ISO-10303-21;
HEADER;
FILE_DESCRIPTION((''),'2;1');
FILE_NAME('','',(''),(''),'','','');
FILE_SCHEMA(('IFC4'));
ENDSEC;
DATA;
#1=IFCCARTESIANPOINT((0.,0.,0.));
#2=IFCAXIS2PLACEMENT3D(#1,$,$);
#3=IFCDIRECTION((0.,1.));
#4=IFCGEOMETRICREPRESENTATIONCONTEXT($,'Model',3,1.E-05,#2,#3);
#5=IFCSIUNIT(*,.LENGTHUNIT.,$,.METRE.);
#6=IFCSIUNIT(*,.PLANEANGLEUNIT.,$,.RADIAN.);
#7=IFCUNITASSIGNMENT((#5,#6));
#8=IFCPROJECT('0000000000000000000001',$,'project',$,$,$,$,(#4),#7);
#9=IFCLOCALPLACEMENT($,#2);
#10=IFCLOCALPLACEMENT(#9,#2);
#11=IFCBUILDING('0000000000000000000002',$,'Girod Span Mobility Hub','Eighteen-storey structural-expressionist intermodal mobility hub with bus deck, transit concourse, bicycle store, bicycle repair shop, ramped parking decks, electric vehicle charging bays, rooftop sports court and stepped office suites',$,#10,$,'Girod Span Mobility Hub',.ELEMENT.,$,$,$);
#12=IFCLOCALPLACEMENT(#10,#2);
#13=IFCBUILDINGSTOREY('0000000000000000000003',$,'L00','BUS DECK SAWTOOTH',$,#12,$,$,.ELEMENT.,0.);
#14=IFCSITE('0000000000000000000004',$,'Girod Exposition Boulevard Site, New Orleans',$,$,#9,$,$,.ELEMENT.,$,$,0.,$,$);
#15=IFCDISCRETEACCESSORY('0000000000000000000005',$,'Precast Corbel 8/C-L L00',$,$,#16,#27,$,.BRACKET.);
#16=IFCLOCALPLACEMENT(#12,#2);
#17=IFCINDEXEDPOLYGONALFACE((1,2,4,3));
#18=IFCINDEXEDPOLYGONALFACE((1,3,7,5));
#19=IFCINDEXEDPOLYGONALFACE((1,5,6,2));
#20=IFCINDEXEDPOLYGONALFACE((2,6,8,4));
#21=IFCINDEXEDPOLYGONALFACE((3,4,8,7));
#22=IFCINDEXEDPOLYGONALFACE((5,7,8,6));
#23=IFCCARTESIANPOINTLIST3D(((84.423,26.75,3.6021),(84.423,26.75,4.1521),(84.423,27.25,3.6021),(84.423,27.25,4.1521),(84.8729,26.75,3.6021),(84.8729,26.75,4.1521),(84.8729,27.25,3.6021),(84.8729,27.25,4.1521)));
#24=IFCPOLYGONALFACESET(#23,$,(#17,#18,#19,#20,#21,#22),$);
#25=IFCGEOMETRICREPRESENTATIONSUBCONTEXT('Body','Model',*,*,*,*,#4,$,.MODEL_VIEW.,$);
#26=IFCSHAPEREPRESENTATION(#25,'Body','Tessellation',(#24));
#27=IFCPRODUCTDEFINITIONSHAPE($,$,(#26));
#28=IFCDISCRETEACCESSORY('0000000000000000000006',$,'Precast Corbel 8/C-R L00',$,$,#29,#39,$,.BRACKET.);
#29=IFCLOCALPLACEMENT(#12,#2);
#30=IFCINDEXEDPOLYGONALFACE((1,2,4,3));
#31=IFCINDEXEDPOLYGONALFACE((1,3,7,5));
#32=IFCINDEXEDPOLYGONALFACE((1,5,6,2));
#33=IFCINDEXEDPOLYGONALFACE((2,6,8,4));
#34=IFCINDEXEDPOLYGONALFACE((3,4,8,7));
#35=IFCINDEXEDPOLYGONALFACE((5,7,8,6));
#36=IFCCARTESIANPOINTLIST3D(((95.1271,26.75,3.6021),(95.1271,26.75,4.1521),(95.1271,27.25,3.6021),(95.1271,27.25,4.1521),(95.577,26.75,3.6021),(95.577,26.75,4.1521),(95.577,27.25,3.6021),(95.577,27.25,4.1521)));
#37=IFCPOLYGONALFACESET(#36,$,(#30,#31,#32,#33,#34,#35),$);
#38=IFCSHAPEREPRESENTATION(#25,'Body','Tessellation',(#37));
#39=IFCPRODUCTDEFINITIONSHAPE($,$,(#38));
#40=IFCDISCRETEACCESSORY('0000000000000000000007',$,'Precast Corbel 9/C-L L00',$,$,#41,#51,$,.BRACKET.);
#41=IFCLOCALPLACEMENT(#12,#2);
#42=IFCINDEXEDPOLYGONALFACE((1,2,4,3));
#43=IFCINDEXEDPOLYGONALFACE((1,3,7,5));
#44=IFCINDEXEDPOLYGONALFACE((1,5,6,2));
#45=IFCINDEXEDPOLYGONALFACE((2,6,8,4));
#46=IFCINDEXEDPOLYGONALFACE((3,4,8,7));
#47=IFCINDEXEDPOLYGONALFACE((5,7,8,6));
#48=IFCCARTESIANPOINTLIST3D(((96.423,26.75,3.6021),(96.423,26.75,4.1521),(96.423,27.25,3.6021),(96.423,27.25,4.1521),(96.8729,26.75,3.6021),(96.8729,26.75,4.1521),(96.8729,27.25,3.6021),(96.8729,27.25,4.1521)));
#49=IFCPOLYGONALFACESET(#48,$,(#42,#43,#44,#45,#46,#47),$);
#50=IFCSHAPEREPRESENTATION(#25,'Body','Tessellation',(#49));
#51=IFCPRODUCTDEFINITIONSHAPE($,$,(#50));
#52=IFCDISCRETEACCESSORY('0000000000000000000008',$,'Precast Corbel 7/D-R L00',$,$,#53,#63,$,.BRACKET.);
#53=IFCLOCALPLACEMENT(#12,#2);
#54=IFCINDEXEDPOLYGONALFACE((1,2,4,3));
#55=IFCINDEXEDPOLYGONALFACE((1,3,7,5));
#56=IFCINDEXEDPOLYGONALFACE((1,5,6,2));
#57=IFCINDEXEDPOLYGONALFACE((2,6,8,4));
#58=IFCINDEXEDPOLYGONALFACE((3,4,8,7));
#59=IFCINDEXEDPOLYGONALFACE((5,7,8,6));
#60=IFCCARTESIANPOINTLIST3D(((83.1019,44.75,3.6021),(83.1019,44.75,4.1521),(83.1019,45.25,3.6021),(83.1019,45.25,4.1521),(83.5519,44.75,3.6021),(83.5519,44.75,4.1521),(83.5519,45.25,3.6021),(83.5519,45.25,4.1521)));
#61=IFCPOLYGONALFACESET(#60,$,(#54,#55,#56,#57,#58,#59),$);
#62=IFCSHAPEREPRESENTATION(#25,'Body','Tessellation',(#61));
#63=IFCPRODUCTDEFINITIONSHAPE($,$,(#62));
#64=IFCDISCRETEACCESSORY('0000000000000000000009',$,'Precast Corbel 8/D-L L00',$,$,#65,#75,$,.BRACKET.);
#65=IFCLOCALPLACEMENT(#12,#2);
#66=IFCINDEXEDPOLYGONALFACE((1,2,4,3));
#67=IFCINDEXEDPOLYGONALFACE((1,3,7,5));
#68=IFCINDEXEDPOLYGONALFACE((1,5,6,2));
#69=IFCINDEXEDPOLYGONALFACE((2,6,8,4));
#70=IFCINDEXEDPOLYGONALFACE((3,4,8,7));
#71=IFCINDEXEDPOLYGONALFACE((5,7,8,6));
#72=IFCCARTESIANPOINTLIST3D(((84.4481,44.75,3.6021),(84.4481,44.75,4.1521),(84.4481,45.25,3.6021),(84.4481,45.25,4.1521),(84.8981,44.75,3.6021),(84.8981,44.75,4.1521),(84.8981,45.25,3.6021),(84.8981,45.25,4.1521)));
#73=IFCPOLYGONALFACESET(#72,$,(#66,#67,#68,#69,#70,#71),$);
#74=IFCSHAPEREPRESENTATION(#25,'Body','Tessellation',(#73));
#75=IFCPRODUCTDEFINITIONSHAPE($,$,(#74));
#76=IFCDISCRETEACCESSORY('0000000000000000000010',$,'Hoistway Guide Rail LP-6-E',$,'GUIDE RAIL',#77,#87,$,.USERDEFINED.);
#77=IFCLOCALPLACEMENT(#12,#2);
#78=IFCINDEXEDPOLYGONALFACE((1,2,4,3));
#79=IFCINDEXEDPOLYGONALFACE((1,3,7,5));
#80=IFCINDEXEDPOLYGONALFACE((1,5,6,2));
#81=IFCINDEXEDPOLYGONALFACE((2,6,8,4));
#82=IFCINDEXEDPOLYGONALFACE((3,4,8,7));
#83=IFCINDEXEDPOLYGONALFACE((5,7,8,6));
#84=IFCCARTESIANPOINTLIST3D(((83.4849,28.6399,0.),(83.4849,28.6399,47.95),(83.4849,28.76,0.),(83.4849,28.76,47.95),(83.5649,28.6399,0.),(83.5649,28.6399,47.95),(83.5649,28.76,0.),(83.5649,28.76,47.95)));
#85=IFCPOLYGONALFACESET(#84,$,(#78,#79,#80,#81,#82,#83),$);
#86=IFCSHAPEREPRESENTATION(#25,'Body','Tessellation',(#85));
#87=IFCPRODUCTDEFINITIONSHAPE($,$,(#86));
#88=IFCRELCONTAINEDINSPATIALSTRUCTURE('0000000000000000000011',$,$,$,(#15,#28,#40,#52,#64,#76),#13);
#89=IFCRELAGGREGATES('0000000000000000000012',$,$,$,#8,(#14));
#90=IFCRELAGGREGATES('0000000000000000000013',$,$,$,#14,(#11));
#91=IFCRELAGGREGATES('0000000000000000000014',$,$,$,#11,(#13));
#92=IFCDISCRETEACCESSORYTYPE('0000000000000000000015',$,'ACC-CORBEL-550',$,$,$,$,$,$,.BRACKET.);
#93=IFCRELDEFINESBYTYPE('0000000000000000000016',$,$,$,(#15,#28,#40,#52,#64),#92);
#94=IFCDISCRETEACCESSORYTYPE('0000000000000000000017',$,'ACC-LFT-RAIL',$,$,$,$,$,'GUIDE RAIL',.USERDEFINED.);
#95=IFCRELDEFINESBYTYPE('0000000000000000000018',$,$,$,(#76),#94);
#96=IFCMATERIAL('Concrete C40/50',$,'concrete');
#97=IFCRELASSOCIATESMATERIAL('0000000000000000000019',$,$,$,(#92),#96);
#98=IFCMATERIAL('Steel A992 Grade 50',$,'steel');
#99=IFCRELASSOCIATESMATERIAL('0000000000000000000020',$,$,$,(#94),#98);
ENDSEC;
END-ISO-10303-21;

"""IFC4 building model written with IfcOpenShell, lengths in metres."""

from ifc_helpers import new_model, si_unit, direction, frame, origin, origin_2d, place, context, subcontext, project, spatial, rectangle, extrude, material, type_object, element, save


model = new_model("IFC4")

# Units and contexts
model_context = context("Model", 3, precision=1e-05, world=origin(), true_north=direction((0.0, 1.0)))
body_context = subcontext(model_context, "Body", "Model", "MODEL_VIEW")
ifc_project = project(units=[si_unit("LENGTHUNIT", "METRE"), si_unit("PLANEANGLEUNIT", "RADIAN")], contexts=[model_context])

# Site, building, storey
site_placement = place(None, origin())
site = spatial("IfcSite", under=ifc_project, at=site_placement, Name="Girod Exposition Boulevard Site, New Orleans", CompositionType="ELEMENT", RefElevation=0.0)
building_placement = place(site_placement, origin())
building = spatial("IfcBuilding", under=site, at=building_placement, Name="Girod Span Mobility Hub", Description="Eighteen-storey structural-expressionist intermodal mobility hub with bus deck, transit concourse, bicycle store, bicycle repair shop, ramped parking decks, electric vehicle charging bays, rooftop sports court and stepped office suites", LongName="Girod Span Mobility Hub", CompositionType="ELEMENT")
storey_placement = place(building_placement, origin())
storey = spatial("IfcBuildingStorey", under=building, at=storey_placement, Name="L00", Description="BUS DECK SAWTOOTH", CompositionType="ELEMENT", Elevation=0.0)

# Discrete accessories
ifc_material_1 = material(Name="Concrete C40/50", Category="concrete")
discrete_accessory_type_1 = type_object("IfcDiscreteAccessoryType", Name="ACC-CORBEL-550", PredefinedType="BRACKET", material=ifc_material_1)
for number, where, z_axis, x_axis, name in (
    (1, (84.6479, 27.0, 3.6021), (0.0, 0.0, 1.0), (1.0, 0.0, 0.0), "Precast Corbel 8/C-L L00"),
    (2, (95.3521, 27.0, 3.6021), (0.0, 0.0, 1.0), (1.0, 0.0, 0.0), "Precast Corbel 8/C-R L00"),
    (3, (96.6479, 27.0, 3.6021), (0.0, 0.0, 1.0), (1.0, 0.0, 0.0), "Precast Corbel 9/C-L L00"),
    (4, (83.3269, 45.0, 3.6021), (0.0, 0.0, 1.0), (1.0, 0.0, 0.0), "Precast Corbel 7/D-R L00"),
    (5, (84.6731, 45.0, 3.6021), (0.0, 0.0, 1.0), (1.0, 0.0, 0.0), "Precast Corbel 8/D-L L00"),
):
    element("IfcDiscreteAccessory", number, at=place(storey_placement, frame(where, z_axis=z_axis, x_axis=x_axis)), inside=storey, type_object=discrete_accessory_type_1, Name=name, PredefinedType="BRACKET", context=body_context, shape_type="SweptSolid", body=[
        extrude(rectangle(XDim=0.45, YDim=0.5, at=origin_2d()), origin(), (0.0, 0.0, 1.0), 0.55),
    ])
ifc_material_2 = material(Name="Steel A992 Grade 50", Category="steel")
discrete_accessory_type_2 = type_object("IfcDiscreteAccessoryType", Name="ACC-LFT-RAIL", ElementType="GUIDE RAIL", PredefinedType="USERDEFINED", material=ifc_material_2)
discrete_accessory_placement = place(storey_placement, frame((83.5249, 28.7, 0.0), z_axis=(0.0, 0.0, 1.0), x_axis=(1.0, 0.0, 0.0)))
element("IfcDiscreteAccessory", 6, at=discrete_accessory_placement, inside=storey, type_object=discrete_accessory_type_2, Name="Hoistway Guide Rail LP-6-E", ObjectType="GUIDE RAIL", PredefinedType="USERDEFINED", context=body_context, shape_type="SweptSolid", body=[
    extrude(rectangle(XDim=0.0801, YDim=0.1201, at=origin_2d()), origin(), (0.0, 0.0, 1.0), 47.95),
])

save(model, "model.ifc")
